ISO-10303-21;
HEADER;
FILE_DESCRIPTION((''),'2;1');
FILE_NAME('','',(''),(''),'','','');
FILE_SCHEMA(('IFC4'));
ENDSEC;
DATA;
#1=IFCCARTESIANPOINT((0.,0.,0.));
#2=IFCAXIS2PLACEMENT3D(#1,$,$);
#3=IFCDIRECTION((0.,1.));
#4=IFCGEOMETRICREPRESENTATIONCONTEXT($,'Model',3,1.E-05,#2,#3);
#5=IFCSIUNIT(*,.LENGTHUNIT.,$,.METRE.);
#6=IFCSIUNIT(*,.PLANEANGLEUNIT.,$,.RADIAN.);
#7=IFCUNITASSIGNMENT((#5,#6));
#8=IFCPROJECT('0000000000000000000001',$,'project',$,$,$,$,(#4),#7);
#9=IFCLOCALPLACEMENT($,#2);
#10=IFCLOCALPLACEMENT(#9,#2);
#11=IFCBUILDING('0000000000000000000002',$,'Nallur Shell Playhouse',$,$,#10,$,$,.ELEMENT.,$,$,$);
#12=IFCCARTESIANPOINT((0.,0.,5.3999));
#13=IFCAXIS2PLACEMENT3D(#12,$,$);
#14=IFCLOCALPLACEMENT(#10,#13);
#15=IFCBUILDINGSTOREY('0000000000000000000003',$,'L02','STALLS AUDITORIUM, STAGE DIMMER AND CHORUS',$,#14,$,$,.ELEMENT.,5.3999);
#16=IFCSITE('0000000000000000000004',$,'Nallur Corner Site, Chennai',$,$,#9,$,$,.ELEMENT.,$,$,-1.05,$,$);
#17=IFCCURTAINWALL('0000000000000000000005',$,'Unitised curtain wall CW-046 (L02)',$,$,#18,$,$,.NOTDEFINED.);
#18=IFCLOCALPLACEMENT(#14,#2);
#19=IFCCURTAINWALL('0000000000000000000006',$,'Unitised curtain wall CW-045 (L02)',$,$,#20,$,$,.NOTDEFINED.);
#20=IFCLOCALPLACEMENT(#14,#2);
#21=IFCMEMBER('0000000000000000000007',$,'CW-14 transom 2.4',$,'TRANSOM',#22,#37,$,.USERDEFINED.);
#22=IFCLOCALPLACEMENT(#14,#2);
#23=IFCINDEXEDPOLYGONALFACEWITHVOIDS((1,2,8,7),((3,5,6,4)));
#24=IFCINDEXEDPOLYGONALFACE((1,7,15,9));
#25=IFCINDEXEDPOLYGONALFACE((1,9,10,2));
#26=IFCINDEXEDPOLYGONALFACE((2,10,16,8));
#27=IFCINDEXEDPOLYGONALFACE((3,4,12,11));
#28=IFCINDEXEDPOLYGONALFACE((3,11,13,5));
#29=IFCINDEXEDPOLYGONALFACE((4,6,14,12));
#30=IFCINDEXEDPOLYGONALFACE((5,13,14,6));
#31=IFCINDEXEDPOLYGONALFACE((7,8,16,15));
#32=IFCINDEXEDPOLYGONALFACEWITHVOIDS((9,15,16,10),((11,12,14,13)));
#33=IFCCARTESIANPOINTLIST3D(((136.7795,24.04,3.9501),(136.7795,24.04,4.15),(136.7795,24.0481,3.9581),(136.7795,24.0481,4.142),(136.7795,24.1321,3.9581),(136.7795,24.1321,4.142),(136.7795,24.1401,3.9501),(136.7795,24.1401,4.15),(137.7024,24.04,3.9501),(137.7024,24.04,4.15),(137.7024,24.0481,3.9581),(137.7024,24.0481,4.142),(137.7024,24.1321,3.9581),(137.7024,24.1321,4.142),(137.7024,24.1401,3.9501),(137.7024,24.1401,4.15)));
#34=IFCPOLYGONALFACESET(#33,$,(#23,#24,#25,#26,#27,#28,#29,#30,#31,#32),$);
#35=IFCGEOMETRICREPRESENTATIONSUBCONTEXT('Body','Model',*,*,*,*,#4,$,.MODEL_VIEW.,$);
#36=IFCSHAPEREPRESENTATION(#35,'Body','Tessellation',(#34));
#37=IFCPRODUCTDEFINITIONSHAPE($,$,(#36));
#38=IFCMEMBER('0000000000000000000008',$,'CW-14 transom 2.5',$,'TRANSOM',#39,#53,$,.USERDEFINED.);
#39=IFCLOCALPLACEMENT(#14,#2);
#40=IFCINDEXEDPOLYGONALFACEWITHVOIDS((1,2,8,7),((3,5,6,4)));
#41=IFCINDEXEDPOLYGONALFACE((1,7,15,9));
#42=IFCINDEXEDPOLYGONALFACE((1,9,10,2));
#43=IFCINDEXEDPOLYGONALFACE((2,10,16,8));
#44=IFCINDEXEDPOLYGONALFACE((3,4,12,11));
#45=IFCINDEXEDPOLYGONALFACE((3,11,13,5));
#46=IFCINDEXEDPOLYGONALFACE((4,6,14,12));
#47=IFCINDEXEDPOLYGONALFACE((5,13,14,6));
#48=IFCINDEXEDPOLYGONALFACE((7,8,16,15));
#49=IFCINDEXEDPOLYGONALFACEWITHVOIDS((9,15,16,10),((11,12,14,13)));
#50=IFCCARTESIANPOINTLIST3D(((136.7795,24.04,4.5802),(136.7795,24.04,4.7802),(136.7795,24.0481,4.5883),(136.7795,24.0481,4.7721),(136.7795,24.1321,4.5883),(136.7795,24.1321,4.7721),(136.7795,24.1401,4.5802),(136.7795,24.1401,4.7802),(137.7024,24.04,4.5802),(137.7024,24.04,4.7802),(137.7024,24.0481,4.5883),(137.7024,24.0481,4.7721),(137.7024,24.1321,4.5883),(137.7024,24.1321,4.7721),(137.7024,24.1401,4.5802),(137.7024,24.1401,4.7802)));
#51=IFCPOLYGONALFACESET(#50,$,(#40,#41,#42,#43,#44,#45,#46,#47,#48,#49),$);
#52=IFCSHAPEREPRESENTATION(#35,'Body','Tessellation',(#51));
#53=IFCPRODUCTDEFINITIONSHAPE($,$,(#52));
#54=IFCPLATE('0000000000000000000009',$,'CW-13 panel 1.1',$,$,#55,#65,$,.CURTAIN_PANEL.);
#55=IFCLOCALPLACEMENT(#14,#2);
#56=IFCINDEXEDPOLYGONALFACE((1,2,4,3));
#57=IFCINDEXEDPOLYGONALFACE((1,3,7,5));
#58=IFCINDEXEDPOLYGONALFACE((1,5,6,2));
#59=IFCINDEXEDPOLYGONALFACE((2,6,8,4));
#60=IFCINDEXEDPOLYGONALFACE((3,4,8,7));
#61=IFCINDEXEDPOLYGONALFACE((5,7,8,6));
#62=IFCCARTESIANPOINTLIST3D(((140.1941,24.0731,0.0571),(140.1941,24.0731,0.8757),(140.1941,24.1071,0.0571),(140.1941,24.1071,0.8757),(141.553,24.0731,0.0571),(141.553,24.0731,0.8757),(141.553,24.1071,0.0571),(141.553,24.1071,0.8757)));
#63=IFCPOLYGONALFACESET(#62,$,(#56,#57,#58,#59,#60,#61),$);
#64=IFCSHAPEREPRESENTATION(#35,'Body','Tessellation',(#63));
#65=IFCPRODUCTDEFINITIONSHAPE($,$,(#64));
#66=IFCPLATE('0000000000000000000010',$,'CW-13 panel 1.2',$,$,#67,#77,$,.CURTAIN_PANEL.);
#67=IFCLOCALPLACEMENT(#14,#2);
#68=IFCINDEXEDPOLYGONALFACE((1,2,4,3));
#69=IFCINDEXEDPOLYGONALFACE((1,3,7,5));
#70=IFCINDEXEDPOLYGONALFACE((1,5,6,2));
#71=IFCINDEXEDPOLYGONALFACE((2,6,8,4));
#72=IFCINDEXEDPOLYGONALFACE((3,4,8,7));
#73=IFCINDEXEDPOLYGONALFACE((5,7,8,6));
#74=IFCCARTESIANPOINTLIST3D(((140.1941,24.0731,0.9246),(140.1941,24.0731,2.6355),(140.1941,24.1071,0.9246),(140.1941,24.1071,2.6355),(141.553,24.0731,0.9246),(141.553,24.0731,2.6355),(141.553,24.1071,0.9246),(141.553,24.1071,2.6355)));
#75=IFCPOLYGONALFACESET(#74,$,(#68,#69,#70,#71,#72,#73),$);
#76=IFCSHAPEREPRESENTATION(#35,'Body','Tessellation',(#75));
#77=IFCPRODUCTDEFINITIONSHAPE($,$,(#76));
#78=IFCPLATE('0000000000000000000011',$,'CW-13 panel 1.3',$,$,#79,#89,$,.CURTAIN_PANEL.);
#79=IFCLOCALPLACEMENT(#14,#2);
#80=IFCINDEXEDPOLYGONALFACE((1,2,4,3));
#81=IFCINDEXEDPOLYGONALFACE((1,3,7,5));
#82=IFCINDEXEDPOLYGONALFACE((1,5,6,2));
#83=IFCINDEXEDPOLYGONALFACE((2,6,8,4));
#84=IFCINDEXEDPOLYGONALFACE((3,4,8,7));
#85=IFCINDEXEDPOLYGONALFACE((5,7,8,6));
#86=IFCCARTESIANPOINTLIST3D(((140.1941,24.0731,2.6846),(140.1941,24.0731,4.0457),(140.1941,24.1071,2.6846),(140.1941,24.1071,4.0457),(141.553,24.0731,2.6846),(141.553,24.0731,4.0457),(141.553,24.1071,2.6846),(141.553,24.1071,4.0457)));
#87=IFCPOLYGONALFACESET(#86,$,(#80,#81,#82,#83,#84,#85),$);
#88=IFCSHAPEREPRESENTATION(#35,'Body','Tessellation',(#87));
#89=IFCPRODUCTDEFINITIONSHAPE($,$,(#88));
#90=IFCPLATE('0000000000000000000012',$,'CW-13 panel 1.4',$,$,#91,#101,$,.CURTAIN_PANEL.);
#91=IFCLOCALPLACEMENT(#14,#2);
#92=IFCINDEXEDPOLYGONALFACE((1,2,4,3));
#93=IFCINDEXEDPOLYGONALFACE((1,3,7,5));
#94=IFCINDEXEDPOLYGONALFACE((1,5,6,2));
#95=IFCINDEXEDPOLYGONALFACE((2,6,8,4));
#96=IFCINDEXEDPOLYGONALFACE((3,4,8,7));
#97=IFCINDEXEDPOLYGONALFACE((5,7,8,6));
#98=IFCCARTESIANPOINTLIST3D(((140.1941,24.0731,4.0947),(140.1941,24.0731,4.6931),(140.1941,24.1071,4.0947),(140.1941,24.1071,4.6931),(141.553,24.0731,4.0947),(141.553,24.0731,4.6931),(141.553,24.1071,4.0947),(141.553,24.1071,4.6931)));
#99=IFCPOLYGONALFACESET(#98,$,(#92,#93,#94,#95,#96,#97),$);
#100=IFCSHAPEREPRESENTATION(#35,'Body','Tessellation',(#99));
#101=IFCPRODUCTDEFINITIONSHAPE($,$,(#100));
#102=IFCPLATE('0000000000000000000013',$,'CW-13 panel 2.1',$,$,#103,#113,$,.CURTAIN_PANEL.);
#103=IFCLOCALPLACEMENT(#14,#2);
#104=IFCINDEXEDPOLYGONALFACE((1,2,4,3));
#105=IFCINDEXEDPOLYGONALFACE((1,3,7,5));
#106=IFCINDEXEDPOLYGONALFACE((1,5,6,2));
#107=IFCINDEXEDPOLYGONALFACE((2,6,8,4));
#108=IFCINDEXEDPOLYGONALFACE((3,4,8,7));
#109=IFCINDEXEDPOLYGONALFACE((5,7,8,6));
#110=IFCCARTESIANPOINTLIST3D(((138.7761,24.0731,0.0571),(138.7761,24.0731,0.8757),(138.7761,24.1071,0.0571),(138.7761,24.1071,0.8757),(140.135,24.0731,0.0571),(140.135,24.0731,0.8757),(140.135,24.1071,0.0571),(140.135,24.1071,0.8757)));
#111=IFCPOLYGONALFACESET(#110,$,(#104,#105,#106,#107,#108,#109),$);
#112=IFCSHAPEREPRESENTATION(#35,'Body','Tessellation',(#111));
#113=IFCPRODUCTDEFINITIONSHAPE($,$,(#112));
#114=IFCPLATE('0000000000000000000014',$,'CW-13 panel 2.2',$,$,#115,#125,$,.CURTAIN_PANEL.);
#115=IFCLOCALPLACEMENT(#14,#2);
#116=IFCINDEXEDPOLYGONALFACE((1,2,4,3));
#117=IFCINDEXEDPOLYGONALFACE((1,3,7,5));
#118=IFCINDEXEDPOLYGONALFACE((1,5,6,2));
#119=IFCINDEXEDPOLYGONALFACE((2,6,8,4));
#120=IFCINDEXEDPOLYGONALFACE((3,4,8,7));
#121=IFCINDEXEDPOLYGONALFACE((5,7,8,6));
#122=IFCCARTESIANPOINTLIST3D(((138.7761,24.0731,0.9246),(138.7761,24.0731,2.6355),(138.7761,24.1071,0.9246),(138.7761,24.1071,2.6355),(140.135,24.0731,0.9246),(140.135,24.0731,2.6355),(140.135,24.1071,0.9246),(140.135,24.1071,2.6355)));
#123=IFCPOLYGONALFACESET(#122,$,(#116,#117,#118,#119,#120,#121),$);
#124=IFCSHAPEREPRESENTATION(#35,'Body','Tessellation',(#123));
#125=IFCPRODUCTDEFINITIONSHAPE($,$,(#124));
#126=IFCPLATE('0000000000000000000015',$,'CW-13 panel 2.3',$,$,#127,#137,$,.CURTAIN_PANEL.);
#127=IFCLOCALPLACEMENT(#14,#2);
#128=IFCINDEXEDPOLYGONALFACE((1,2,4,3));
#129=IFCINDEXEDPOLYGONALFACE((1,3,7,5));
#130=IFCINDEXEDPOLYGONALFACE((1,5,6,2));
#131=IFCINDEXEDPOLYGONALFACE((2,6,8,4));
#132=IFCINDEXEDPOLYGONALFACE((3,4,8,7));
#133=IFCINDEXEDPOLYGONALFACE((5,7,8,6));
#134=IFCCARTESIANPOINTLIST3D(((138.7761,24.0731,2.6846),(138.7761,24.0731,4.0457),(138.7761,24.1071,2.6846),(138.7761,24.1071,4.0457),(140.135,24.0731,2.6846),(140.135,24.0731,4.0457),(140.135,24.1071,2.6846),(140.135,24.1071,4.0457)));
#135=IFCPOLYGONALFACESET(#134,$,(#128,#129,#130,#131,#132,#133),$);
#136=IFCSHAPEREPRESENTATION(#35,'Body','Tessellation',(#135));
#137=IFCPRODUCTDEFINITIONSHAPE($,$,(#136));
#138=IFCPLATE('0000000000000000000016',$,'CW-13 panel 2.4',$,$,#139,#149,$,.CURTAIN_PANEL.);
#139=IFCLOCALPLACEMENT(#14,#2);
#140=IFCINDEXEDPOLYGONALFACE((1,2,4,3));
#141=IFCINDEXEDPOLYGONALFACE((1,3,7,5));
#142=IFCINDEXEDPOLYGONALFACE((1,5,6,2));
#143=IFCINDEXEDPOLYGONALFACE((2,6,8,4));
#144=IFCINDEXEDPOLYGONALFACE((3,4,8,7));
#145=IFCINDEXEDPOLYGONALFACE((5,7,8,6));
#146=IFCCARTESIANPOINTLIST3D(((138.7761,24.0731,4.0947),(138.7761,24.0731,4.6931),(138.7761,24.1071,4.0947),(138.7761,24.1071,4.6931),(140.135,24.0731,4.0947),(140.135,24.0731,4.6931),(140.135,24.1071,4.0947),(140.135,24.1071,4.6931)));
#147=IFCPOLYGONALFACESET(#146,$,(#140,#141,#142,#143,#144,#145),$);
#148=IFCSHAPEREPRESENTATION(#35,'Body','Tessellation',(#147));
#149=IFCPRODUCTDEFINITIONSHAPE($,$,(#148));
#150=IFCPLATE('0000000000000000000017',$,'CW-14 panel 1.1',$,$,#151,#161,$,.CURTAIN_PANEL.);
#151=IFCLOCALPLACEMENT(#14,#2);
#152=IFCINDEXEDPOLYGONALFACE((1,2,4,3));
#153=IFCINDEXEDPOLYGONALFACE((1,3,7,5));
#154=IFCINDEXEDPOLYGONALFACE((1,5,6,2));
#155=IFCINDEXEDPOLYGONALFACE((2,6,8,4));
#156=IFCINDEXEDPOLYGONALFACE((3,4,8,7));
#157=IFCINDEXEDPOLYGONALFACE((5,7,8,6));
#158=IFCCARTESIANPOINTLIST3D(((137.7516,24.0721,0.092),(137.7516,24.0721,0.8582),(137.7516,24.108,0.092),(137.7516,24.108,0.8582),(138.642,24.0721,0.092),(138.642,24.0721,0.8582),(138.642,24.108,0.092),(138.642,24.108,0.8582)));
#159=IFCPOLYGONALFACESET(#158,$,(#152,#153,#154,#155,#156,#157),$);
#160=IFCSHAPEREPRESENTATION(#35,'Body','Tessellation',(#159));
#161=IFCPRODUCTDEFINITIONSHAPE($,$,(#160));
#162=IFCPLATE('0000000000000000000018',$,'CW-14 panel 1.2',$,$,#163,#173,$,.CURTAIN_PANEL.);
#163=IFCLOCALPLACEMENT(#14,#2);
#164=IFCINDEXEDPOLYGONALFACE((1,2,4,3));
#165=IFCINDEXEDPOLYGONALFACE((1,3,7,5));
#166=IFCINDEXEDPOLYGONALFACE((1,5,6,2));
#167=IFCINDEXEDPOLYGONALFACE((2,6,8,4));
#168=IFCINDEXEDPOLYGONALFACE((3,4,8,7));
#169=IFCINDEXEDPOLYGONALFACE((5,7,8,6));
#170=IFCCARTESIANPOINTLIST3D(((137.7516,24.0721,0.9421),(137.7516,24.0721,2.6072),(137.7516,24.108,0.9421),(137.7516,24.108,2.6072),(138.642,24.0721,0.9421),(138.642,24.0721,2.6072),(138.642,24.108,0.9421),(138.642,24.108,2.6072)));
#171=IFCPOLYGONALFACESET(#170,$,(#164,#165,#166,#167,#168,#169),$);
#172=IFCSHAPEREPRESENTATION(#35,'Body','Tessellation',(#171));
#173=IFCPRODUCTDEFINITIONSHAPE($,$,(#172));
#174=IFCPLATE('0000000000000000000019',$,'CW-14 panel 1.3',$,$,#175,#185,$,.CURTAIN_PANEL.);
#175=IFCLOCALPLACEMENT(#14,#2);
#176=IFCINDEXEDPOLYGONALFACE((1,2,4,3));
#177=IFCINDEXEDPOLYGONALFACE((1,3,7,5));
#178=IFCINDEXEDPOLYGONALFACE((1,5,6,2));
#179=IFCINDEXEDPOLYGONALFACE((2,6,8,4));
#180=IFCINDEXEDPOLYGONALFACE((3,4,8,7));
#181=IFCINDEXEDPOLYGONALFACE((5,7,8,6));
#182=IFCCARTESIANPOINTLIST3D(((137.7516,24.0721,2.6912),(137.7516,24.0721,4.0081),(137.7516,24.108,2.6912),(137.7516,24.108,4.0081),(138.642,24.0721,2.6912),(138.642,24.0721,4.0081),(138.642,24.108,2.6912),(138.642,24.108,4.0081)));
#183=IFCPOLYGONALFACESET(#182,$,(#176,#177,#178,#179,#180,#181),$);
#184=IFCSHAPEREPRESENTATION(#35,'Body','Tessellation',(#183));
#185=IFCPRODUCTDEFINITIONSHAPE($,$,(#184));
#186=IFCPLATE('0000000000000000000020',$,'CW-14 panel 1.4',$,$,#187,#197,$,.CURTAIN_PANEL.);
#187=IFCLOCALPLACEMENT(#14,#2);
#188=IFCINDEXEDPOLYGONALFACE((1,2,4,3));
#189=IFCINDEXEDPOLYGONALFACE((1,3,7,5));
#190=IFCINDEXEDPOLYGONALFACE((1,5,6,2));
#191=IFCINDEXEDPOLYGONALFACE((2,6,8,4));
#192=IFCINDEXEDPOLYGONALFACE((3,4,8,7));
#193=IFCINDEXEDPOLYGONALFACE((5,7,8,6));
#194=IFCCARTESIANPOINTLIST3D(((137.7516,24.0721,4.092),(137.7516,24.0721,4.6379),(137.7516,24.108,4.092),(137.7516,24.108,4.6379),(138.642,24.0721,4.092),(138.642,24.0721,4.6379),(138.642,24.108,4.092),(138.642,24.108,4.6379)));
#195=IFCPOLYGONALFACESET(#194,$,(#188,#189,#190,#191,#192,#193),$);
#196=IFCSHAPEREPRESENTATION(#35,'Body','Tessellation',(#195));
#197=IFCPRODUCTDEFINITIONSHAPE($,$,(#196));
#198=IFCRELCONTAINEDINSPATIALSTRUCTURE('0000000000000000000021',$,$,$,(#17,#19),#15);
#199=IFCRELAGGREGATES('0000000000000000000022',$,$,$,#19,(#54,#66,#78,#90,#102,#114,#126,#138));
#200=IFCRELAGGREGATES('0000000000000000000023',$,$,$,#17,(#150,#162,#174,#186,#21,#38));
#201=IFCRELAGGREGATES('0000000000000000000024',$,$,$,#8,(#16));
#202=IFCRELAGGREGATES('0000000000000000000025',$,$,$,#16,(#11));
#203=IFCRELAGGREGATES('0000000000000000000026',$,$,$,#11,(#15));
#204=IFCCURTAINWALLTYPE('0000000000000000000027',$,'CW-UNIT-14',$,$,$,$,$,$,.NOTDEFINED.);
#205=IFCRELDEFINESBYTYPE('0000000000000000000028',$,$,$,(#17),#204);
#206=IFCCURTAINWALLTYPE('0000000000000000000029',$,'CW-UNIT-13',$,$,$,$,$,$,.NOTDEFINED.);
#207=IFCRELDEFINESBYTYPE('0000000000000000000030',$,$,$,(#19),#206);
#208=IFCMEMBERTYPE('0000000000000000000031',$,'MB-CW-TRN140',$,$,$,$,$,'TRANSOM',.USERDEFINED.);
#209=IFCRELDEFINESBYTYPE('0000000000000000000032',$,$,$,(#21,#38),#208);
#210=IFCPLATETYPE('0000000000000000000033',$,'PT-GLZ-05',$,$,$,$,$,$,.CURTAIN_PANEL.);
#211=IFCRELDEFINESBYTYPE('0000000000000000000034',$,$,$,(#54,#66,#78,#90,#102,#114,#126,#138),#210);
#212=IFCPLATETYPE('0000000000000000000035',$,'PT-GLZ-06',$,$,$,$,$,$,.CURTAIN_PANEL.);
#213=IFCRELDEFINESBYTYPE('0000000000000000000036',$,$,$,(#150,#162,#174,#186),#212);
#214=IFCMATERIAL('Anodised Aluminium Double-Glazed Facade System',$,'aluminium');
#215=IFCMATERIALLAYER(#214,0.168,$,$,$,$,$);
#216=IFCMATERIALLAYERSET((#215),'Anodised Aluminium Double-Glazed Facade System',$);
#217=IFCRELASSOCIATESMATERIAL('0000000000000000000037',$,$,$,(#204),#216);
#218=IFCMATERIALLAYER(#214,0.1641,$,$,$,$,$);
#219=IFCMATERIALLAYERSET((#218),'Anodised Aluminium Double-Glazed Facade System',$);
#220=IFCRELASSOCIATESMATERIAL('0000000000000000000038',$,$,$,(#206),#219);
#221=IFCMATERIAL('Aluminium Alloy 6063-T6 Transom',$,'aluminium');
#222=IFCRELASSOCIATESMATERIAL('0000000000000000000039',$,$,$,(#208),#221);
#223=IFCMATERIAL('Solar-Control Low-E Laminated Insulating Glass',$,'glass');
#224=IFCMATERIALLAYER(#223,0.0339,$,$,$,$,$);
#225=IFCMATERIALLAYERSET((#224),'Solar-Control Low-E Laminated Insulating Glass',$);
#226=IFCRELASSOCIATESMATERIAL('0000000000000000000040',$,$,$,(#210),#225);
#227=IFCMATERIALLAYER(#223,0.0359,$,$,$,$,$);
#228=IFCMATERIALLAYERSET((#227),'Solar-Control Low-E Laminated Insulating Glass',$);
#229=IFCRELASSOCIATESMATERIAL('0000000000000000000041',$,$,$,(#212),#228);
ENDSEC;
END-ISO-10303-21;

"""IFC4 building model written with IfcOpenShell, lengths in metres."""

from ifc_helpers import new_model, si_unit, direction, frame, origin, origin_2d, place, context, subcontext, project, spatial, rectangle, hollow_rectangle, extrude, material, layer, layer_set, material_profile, profile_set, type_object, element, aggregate, save


model = new_model("IFC4")

# Units and contexts
model_context = context("Model", 3, precision=1e-05, world=origin(), true_north=direction((0.0, 1.0)))
body_context = subcontext(model_context, "Body", "Model", "MODEL_VIEW")
ifc_project = project(units=[si_unit("LENGTHUNIT", "METRE"), si_unit("PLANEANGLEUNIT", "RADIAN")], contexts=[model_context])

# Site, building, storey
site_placement = place(None, origin())
site = spatial("IfcSite", under=ifc_project, at=site_placement, Name="Nallur Corner Site, Chennai", CompositionType="ELEMENT", RefElevation=-1.05)
building_placement = place(site_placement, origin())
building = spatial("IfcBuilding", under=site, at=building_placement, Name="Nallur Shell Playhouse", CompositionType="ELEMENT")
storey_placement = place(building_placement, frame((0.0, 0.0, 5.3999)))
storey = spatial("IfcBuildingStorey", under=building, at=storey_placement, Name="L02", Description="STALLS AUDITORIUM, STAGE DIMMER AND CHORUS", CompositionType="ELEMENT", Elevation=5.3999)

# Curtain walls
ifc_material_1 = material(Name="Anodised Aluminium Double-Glazed Facade System", Category="aluminium")
ifc_layer_1 = layer(ifc_material_1, 0.168)
ifc_layer_set_1 = layer_set([ifc_layer_1], Name="Anodised Aluminium Double-Glazed Facade System")
curtain_wall_type_1 = type_object("IfcCurtainWallType", Name="CW-UNIT-14", PredefinedType="NOTDEFINED", material=ifc_layer_set_1)
curtain_wall_1_placement = place(storey_placement, origin())
curtain_wall_1 = element("IfcCurtainWall", 1, at=curtain_wall_1_placement, inside=storey, type_object=curtain_wall_type_1, Name="Unitised curtain wall CW-046 (L02)", PredefinedType="NOTDEFINED")
ifc_layer_2 = layer(ifc_material_1, 0.1641)
ifc_layer_set_2 = layer_set([ifc_layer_2], Name="Anodised Aluminium Double-Glazed Facade System")
curtain_wall_type_2 = type_object("IfcCurtainWallType", Name="CW-UNIT-13", PredefinedType="NOTDEFINED", material=ifc_layer_set_2)
curtain_wall_2_placement = place(storey_placement, origin())
curtain_wall_2 = element("IfcCurtainWall", 2, at=curtain_wall_2_placement, inside=storey, type_object=curtain_wall_type_2, Name="Unitised curtain wall CW-045 (L02)", PredefinedType="NOTDEFINED")
ifc_material_2 = material(Name="Aluminium Alloy 6063-T6 Transom", Category="aluminium")

# Members
ifc_material_profile_1 = material_profile(ifc_material_2, hollow_rectangle(XDim=0.1001, YDim=0.2, WallThickness=0.0081, at=origin_2d()), Name="RHS 200x100x8")
ifc_profile_set_1 = profile_set([ifc_material_profile_1], Name="Aluminium Alloy 6063-T6 Transom")
member_type_1 = type_object("IfcMemberType", Name="MB-CW-TRN140", ElementType="TRANSOM", PredefinedType="USERDEFINED", material=ifc_profile_set_1)
member_1_placement = place(storey_placement, frame((137.7024, 24.0901, 4.05), z_axis=(-1.0, 0.0, 0.0), x_axis=(0.0, -1.0, 0.0)))
member_1 = element("IfcMember", 3, at=member_1_placement, type_object=member_type_1, Name="CW-14 transom 2.4", ObjectType="TRANSOM", PredefinedType="USERDEFINED", context=body_context, shape_type="SweptSolid", body=[
    extrude(hollow_rectangle(XDim=0.1001, YDim=0.2, WallThickness=0.0081, at=origin_2d()), origin(), (0.0, 0.0, 1.0), 0.9229),
])
member_2_placement = place(storey_placement, frame((137.7024, 24.0901, 4.6802), z_axis=(-1.0, 0.0, 0.0), x_axis=(0.0, -1.0, 0.0)))
member_2 = element("IfcMember", 4, at=member_2_placement, type_object=member_type_1, Name="CW-14 transom 2.5", ObjectType="TRANSOM", PredefinedType="USERDEFINED", context=body_context, shape_type="SweptSolid", body=[
    extrude(hollow_rectangle(XDim=0.1001, YDim=0.2, WallThickness=0.0081, at=origin_2d()), origin(), (0.0, 0.0, 1.0), 0.9229),
])

# Plates
ifc_material_3 = material(Name="Solar-Control Low-E Laminated Insulating Glass", Category="glass")
ifc_layer_3 = layer(ifc_material_3, 0.0339)
ifc_layer_set_3 = layer_set([ifc_layer_3], Name="Solar-Control Low-E Laminated Insulating Glass")
plate_type_1 = type_object("IfcPlateType", Name="PT-GLZ-05", PredefinedType="CURTAIN_PANEL", material=ifc_layer_set_3)
plate_1_placement = place(storey_placement, frame((140.8735, 24.0901, 0.0571), z_axis=(0.0, 0.0, 1.0), x_axis=(-1.0, 0.0, 0.0)))
plate_1 = element("IfcPlate", 5, at=plate_1_placement, type_object=plate_type_1, Name="CW-13 panel 1.1", PredefinedType="CURTAIN_PANEL", context=body_context, shape_type="SweptSolid", body=[
    extrude(rectangle(XDim=1.3589, YDim=0.0339, at=origin_2d()), origin(), (0.0, 0.0, 1.0), 0.8186),
])
plate_2_placement = place(storey_placement, frame((140.8735, 24.0901, 0.9246), z_axis=(0.0, 0.0, 1.0), x_axis=(-1.0, 0.0, 0.0)))
plate_2 = element("IfcPlate", 6, at=plate_2_placement, type_object=plate_type_1, Name="CW-13 panel 1.2", PredefinedType="CURTAIN_PANEL", context=body_context, shape_type="SweptSolid", body=[
    extrude(rectangle(XDim=1.3589, YDim=0.0339, at=origin_2d()), origin(), (0.0, 0.0, 1.0), 1.7109),
])
plate_3_placement = place(storey_placement, frame((140.8735, 24.0901, 2.6846), z_axis=(0.0, 0.0, 1.0), x_axis=(-1.0, 0.0, 0.0)))
plate_3 = element("IfcPlate", 7, at=plate_3_placement, type_object=plate_type_1, Name="CW-13 panel 1.3", PredefinedType="CURTAIN_PANEL", context=body_context, shape_type="SweptSolid", body=[
    extrude(rectangle(XDim=1.3589, YDim=0.0339, at=origin_2d()), origin(), (0.0, 0.0, 1.0), 1.3611),
])
plate_4_placement = place(storey_placement, frame((140.8735, 24.0901, 4.0947), z_axis=(0.0, 0.0, 1.0), x_axis=(-1.0, 0.0, 0.0)))
plate_4 = element("IfcPlate", 8, at=plate_4_placement, type_object=plate_type_1, Name="CW-13 panel 1.4", PredefinedType="CURTAIN_PANEL", context=body_context, shape_type="SweptSolid", body=[
    extrude(rectangle(XDim=1.3589, YDim=0.0339, at=origin_2d()), origin(), (0.0, 0.0, 1.0), 0.5984),
])
plate_5_placement = place(storey_placement, frame((139.4556, 24.0901, 0.0571), z_axis=(0.0, 0.0, 1.0), x_axis=(-1.0, 0.0, 0.0)))
plate_5 = element("IfcPlate", 9, at=plate_5_placement, type_object=plate_type_1, Name="CW-13 panel 2.1", PredefinedType="CURTAIN_PANEL", context=body_context, shape_type="SweptSolid", body=[
    extrude(rectangle(XDim=1.3589, YDim=0.0339, at=origin_2d()), origin(), (0.0, 0.0, 1.0), 0.8186),
])
plate_6_placement = place(storey_placement, frame((139.4556, 24.0901, 0.9246), z_axis=(0.0, 0.0, 1.0), x_axis=(-1.0, 0.0, 0.0)))
plate_6 = element("IfcPlate", 10, at=plate_6_placement, type_object=plate_type_1, Name="CW-13 panel 2.2", PredefinedType="CURTAIN_PANEL", context=body_context, shape_type="SweptSolid", body=[
    extrude(rectangle(XDim=1.3589, YDim=0.0339, at=origin_2d()), origin(), (0.0, 0.0, 1.0), 1.7109),
])
plate_7_placement = place(storey_placement, frame((139.4556, 24.0901, 2.6846), z_axis=(0.0, 0.0, 1.0), x_axis=(-1.0, 0.0, 0.0)))
plate_7 = element("IfcPlate", 11, at=plate_7_placement, type_object=plate_type_1, Name="CW-13 panel 2.3", PredefinedType="CURTAIN_PANEL", context=body_context, shape_type="SweptSolid", body=[
    extrude(rectangle(XDim=1.3589, YDim=0.0339, at=origin_2d()), origin(), (0.0, 0.0, 1.0), 1.3611),
])
plate_8_placement = place(storey_placement, frame((139.4556, 24.0901, 4.0947), z_axis=(0.0, 0.0, 1.0), x_axis=(-1.0, 0.0, 0.0)))
plate_8 = element("IfcPlate", 12, at=plate_8_placement, type_object=plate_type_1, Name="CW-13 panel 2.4", PredefinedType="CURTAIN_PANEL", context=body_context, shape_type="SweptSolid", body=[
    extrude(rectangle(XDim=1.3589, YDim=0.0339, at=origin_2d()), origin(), (0.0, 0.0, 1.0), 0.5984),
])
aggregate(curtain_wall_2, [plate_1, plate_2, plate_3, plate_4, plate_5, plate_6, plate_7, plate_8])
ifc_layer_4 = layer(ifc_material_3, 0.0359)
ifc_layer_set_4 = layer_set([ifc_layer_4], Name="Solar-Control Low-E Laminated Insulating Glass")
plate_type_2 = type_object("IfcPlateType", Name="PT-GLZ-06", PredefinedType="CURTAIN_PANEL", material=ifc_layer_set_4)
plate_9_placement = place(storey_placement, frame((138.1968, 24.0901, 0.092), z_axis=(0.0, 0.0, 1.0), x_axis=(-1.0, 0.0, 0.0)))
plate_9 = element("IfcPlate", 13, at=plate_9_placement, type_object=plate_type_2, Name="CW-14 panel 1.1", PredefinedType="CURTAIN_PANEL", context=body_context, shape_type="SweptSolid", body=[
    extrude(rectangle(XDim=0.8904, YDim=0.0359, at=origin_2d()), origin(), (0.0, 0.0, 1.0), 0.7661),
])
plate_10_placement = place(storey_placement, frame((138.1968, 24.0901, 0.9421), z_axis=(0.0, 0.0, 1.0), x_axis=(-1.0, 0.0, 0.0)))
plate_10 = element("IfcPlate", 14, at=plate_10_placement, type_object=plate_type_2, Name="CW-14 panel 1.2", PredefinedType="CURTAIN_PANEL", context=body_context, shape_type="SweptSolid", body=[
    extrude(rectangle(XDim=0.8904, YDim=0.0359, at=origin_2d()), origin(), (0.0, 0.0, 1.0), 1.665),
])
plate_11_placement = place(storey_placement, frame((138.1968, 24.0901, 2.6912), z_axis=(0.0, 0.0, 1.0), x_axis=(-1.0, 0.0, 0.0)))
plate_11 = element("IfcPlate", 15, at=plate_11_placement, type_object=plate_type_2, Name="CW-14 panel 1.3", PredefinedType="CURTAIN_PANEL", context=body_context, shape_type="SweptSolid", body=[
    extrude(rectangle(XDim=0.8904, YDim=0.0359, at=origin_2d()), origin(), (0.0, 0.0, 1.0), 1.3169),
])
plate_12_placement = place(storey_placement, frame((138.1968, 24.0901, 4.092), z_axis=(0.0, 0.0, 1.0), x_axis=(-1.0, 0.0, 0.0)))
plate_12 = element("IfcPlate", 16, at=plate_12_placement, type_object=plate_type_2, Name="CW-14 panel 1.4", PredefinedType="CURTAIN_PANEL", context=body_context, shape_type="SweptSolid", body=[
    extrude(rectangle(XDim=0.8904, YDim=0.0359, at=origin_2d()), origin(), (0.0, 0.0, 1.0), 0.5459),
])
aggregate(curtain_wall_1, [plate_9, plate_10, plate_11, plate_12, member_1, member_2])

save(model, "model.ifc")
